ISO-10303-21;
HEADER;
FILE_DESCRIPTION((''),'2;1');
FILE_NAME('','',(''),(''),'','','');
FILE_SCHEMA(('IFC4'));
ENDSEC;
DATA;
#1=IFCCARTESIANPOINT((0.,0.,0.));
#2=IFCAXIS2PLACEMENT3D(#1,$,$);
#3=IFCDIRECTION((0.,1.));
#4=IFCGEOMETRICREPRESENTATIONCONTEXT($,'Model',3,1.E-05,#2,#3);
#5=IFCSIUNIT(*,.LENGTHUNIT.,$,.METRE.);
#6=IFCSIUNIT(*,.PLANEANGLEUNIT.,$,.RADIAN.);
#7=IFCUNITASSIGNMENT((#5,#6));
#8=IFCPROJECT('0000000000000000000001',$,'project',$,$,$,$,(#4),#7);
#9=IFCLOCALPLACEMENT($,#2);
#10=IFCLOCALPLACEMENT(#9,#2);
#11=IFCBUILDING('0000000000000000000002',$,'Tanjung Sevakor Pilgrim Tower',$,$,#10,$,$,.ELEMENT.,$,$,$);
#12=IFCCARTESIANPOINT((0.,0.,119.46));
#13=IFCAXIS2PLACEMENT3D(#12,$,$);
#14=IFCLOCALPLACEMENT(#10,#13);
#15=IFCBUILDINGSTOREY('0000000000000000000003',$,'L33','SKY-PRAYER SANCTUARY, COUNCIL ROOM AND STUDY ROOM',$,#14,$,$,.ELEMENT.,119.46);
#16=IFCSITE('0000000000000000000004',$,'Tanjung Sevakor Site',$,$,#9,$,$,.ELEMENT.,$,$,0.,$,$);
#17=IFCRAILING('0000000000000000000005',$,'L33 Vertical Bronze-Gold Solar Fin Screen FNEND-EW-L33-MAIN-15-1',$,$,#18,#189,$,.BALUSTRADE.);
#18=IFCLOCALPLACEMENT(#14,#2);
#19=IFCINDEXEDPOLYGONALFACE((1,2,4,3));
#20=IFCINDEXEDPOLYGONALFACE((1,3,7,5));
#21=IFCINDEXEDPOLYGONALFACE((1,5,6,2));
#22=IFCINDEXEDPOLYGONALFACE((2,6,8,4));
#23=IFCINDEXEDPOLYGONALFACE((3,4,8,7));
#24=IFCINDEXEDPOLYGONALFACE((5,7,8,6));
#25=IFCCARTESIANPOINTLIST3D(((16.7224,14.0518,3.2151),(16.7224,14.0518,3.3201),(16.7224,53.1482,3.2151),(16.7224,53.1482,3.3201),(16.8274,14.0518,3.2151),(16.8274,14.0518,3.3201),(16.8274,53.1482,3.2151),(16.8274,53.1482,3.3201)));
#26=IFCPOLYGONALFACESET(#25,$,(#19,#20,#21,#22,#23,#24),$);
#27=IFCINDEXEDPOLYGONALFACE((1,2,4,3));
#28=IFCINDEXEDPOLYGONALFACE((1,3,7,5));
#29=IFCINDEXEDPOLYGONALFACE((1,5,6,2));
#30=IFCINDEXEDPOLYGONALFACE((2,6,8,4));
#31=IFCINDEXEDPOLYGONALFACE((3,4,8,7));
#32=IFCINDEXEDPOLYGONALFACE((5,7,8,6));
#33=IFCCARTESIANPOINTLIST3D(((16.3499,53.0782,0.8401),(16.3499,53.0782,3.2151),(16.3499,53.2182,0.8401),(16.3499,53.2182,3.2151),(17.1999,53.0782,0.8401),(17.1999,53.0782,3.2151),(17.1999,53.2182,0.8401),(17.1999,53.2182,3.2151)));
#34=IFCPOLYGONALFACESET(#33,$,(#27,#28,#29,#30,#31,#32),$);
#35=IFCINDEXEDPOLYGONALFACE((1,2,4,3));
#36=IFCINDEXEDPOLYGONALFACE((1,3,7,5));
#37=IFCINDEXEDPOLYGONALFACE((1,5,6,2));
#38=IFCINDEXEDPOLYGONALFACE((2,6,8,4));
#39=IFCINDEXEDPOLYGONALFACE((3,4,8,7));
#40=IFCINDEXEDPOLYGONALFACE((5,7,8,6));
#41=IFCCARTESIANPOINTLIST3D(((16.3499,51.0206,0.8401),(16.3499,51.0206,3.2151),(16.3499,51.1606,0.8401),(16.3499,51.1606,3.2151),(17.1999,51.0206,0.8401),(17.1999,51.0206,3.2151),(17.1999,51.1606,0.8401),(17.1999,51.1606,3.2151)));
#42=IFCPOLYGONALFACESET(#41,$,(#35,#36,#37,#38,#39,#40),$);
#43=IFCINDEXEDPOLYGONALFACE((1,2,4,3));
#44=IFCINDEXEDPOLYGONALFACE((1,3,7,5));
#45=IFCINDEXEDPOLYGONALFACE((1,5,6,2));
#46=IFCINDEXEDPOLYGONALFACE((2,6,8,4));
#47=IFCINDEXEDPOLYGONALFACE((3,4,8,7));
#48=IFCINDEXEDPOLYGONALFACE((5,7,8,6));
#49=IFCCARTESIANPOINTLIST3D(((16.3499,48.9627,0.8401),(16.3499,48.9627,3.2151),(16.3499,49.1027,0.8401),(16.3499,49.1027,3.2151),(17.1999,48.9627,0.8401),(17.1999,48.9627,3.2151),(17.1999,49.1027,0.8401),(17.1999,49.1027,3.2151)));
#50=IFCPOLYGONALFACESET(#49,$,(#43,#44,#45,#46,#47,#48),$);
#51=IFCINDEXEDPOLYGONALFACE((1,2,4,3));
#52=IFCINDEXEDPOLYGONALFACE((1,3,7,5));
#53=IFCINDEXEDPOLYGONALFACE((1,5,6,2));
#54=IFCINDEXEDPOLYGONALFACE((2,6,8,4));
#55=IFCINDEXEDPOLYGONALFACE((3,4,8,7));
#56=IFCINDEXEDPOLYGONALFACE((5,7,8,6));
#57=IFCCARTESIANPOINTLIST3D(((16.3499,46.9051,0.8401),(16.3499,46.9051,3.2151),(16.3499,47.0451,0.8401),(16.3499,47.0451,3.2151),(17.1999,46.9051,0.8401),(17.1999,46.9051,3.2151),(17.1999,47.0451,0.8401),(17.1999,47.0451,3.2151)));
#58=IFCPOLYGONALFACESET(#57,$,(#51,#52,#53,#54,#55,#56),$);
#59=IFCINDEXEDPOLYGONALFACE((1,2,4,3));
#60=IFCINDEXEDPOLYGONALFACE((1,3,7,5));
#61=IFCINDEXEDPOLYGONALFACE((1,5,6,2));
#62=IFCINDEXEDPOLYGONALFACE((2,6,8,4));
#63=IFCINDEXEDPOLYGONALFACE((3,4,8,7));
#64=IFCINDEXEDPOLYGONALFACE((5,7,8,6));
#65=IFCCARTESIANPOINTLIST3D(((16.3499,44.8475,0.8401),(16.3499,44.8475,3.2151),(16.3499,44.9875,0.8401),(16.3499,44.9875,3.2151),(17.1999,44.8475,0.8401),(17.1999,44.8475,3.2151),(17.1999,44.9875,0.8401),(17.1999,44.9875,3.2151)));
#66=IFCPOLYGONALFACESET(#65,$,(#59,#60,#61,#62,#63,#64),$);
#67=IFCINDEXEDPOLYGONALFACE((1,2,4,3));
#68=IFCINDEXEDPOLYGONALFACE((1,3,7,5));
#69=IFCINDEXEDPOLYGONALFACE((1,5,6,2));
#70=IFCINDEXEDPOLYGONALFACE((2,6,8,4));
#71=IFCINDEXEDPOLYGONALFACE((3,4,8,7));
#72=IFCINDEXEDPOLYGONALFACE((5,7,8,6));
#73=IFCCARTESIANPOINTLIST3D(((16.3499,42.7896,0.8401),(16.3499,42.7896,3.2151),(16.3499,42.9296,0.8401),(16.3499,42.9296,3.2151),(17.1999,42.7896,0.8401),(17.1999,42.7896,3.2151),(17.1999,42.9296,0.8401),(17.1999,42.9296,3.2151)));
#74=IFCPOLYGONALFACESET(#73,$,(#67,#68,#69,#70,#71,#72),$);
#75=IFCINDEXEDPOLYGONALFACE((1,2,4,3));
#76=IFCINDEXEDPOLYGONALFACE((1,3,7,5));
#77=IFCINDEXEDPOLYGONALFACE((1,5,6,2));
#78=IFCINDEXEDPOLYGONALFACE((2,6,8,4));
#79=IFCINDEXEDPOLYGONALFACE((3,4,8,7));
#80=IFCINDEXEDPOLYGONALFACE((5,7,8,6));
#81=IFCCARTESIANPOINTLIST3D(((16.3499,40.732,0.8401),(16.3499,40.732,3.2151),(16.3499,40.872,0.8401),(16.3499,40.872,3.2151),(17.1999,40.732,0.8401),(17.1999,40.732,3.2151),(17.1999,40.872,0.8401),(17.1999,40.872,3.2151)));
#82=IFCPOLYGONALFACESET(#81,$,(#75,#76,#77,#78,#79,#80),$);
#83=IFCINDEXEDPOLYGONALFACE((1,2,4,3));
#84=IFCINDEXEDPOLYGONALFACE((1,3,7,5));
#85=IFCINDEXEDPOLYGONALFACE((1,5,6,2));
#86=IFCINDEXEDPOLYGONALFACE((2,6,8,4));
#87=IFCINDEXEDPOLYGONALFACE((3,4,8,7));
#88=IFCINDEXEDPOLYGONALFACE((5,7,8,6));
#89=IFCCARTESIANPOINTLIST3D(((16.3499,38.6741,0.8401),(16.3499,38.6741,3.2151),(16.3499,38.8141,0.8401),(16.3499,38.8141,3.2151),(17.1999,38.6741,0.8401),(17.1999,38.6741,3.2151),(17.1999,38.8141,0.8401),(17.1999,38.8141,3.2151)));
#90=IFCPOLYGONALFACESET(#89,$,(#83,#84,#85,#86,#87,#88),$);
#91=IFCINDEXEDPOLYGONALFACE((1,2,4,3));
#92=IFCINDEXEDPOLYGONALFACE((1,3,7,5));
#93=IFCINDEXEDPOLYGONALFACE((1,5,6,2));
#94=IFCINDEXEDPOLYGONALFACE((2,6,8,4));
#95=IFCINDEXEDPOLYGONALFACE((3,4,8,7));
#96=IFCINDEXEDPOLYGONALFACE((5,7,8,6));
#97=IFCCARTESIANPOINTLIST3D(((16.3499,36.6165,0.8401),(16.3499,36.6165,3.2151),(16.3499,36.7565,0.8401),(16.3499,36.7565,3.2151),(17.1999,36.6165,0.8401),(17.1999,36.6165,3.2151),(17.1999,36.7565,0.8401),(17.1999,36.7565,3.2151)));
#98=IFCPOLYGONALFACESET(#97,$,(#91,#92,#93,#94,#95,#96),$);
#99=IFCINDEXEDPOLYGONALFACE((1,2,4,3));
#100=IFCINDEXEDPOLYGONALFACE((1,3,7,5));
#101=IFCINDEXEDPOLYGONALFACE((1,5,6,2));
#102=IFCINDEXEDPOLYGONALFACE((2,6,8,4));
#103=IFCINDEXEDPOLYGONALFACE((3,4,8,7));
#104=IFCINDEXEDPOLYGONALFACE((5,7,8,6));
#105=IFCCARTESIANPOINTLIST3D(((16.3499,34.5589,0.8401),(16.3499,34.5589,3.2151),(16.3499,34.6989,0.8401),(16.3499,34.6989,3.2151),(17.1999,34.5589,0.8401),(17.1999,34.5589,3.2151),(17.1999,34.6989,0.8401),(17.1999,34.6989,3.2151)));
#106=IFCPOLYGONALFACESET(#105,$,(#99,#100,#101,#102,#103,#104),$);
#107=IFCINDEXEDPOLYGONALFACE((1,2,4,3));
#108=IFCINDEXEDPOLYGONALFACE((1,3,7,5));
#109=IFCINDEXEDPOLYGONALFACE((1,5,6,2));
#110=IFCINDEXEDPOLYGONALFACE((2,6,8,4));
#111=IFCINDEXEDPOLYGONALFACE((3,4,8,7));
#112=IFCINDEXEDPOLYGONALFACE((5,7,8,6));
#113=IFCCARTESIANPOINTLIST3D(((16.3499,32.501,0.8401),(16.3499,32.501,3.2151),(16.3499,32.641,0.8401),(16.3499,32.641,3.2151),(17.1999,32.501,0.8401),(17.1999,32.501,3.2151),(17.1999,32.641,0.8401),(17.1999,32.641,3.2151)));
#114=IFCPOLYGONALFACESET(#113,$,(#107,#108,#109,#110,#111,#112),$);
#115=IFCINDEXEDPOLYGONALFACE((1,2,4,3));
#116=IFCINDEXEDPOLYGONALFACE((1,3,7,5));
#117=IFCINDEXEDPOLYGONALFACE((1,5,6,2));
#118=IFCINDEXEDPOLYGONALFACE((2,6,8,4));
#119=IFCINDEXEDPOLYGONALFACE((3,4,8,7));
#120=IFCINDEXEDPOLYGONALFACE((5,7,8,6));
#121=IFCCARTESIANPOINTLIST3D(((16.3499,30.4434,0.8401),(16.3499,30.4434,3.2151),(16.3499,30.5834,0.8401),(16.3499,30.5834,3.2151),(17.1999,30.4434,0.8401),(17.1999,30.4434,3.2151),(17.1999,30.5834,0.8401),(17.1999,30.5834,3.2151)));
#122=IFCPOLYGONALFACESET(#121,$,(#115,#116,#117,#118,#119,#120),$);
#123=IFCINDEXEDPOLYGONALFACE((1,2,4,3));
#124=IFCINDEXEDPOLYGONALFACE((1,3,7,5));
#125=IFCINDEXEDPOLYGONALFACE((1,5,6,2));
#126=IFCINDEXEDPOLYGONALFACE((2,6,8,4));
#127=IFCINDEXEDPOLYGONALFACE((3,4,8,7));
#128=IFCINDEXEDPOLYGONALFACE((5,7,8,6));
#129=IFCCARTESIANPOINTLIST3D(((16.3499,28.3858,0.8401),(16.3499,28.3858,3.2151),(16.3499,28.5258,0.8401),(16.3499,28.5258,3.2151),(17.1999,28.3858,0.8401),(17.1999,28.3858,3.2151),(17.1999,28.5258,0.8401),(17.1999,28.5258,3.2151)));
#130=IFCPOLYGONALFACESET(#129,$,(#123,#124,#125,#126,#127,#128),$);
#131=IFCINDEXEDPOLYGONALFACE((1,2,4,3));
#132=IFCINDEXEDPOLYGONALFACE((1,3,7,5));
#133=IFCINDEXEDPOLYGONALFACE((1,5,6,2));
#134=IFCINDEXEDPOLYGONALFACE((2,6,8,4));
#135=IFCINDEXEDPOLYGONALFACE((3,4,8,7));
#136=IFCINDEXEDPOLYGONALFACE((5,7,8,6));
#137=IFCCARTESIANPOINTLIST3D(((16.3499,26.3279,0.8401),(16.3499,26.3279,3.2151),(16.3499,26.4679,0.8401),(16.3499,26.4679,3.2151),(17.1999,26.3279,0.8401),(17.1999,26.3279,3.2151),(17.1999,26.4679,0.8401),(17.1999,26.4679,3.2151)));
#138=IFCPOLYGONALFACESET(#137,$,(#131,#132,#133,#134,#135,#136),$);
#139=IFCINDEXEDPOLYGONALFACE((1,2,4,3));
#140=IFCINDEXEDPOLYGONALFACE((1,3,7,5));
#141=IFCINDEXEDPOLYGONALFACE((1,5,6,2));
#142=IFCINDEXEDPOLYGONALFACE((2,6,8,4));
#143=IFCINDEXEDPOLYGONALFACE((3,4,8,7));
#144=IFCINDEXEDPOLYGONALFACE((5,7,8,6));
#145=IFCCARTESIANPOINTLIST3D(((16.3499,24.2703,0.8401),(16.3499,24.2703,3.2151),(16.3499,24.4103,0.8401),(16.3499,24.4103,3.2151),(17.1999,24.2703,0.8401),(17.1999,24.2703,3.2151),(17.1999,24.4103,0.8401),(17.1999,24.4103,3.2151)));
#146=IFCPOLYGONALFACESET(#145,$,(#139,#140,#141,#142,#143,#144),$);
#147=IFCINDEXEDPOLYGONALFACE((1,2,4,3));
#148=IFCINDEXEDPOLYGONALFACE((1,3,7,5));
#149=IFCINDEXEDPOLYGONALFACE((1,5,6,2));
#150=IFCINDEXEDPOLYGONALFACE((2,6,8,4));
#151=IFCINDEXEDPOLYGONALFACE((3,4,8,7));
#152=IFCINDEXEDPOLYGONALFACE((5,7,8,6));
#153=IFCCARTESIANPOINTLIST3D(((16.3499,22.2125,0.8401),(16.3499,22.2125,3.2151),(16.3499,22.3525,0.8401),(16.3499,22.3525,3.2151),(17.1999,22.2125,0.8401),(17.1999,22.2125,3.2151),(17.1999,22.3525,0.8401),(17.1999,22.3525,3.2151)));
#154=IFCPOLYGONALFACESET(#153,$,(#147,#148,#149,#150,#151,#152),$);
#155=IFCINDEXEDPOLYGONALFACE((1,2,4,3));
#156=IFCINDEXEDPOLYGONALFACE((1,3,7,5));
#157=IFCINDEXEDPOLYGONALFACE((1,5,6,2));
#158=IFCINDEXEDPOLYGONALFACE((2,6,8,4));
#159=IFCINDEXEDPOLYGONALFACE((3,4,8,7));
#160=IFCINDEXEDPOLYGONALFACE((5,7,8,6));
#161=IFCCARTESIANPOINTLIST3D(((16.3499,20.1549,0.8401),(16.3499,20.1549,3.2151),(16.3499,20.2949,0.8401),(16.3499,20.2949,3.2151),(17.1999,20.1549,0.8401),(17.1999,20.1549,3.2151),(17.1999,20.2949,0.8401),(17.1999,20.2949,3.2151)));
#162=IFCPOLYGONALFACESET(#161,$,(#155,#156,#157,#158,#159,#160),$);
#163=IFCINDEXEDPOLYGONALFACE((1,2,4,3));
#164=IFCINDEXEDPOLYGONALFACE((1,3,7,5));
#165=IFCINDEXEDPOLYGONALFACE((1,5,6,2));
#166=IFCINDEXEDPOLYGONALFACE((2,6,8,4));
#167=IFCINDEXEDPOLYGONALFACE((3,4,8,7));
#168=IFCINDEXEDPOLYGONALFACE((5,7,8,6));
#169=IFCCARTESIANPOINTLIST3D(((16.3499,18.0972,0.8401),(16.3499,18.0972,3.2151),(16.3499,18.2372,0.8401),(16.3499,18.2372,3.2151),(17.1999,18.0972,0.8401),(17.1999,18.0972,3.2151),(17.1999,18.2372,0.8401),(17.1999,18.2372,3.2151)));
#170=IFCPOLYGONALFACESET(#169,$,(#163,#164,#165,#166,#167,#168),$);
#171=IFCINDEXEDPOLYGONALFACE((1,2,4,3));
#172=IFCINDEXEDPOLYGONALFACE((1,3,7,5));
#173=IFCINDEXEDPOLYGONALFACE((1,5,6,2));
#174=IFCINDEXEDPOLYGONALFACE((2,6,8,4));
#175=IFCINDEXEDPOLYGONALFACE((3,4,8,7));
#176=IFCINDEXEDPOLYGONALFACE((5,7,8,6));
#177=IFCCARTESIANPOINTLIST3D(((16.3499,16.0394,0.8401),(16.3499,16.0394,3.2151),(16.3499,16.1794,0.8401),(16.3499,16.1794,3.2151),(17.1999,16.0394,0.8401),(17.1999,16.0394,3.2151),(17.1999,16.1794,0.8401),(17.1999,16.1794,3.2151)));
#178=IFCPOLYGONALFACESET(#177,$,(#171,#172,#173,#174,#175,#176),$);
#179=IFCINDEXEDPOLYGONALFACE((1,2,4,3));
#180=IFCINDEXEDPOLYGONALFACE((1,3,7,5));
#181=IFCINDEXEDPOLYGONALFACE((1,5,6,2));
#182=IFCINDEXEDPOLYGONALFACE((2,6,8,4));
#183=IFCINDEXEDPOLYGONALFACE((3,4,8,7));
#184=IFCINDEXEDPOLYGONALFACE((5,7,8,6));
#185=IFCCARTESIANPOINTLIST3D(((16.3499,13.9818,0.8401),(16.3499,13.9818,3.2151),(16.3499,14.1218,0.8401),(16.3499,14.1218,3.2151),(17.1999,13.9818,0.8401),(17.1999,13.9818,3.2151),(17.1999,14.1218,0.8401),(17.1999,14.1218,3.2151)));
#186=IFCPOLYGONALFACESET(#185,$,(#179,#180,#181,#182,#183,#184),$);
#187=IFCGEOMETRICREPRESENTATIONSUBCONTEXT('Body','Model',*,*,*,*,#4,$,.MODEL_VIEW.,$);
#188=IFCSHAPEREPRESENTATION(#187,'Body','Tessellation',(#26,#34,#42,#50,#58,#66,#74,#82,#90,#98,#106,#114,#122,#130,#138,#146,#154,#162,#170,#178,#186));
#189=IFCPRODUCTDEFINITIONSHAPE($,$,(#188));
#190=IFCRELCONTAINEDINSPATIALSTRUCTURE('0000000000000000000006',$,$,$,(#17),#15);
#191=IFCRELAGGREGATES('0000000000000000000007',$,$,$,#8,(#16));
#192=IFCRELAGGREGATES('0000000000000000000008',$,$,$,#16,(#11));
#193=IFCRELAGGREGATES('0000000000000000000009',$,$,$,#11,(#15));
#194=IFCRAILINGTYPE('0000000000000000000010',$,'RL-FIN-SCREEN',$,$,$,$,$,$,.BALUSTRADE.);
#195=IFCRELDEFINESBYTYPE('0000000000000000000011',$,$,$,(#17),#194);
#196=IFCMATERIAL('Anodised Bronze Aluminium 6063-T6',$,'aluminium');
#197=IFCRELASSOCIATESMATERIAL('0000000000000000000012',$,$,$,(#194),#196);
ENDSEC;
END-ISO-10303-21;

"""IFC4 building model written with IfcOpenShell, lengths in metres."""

from ifc_helpers import new_model, si_unit, direction, frame, origin, place, context, subcontext, project, spatial, rectangle, extrude, material, type_object, element, save


model = new_model("IFC4")

# Units and contexts
model_context = context("Model", 3, precision=1e-05, world=origin(), true_north=direction((0.0, 1.0)))
body_context = subcontext(model_context, "Body", "Model", "MODEL_VIEW")
ifc_project = project(units=[si_unit("LENGTHUNIT", "METRE"), si_unit("PLANEANGLEUNIT", "RADIAN")], contexts=[model_context])

# Site, building, storey
site_placement = place(None, origin())
site = spatial("IfcSite", under=ifc_project, at=site_placement, Name="Tanjung Sevakor Site", CompositionType="ELEMENT", RefElevation=0.0)
building_placement = place(site_placement, origin())
building = spatial("IfcBuilding", under=site, at=building_placement, Name="Tanjung Sevakor Pilgrim Tower", CompositionType="ELEMENT")
storey_placement = place(building_placement, frame((0.0, 0.0, 119.46)))
storey = spatial("IfcBuildingStorey", under=building, at=storey_placement, Name="L33", Description="SKY-PRAYER SANCTUARY, COUNCIL ROOM AND STUDY ROOM", CompositionType="ELEMENT", Elevation=119.46)

# Railing
ifc_material_1 = material(Name="Anodised Bronze Aluminium 6063-T6", Category="aluminium")
railing_type_1 = type_object("IfcRailingType", Name="RL-FIN-SCREEN", PredefinedType="BALUSTRADE", material=ifc_material_1)
railing_1_placement = place(storey_placement, frame((16.7749, 53.1482, 0.8401)))
element("IfcRailing", 1, at=railing_1_placement, inside=storey, type_object=railing_type_1, Name="L33 Vertical Bronze-Gold Solar Fin Screen FNEND-EW-L33-MAIN-15-1", PredefinedType="BALUSTRADE", context=body_context, shape_type="SweptSolid", body=[
    extrude(rectangle(XDim=0.105, YDim=0.105), frame((0.0, 0.0, 2.4275), z_axis=(0.0, -1.0, 0.0), x_axis=(1.0, 0.0, 0.0)), (0.0, 0.0, 1.0), 39.0964),
    extrude(rectangle(XDim=0.85, YDim=0.14), origin(), (0.0, 0.0, 1.0), 2.375),
    extrude(rectangle(XDim=0.85, YDim=0.14), frame((0.0, -2.0576, 0.0)), (0.0, 0.0, 1.0), 2.375),
    extrude(rectangle(XDim=0.85, YDim=0.14), frame((0.0, -4.1155, 0.0)), (0.0, 0.0, 1.0), 2.375),
    extrude(rectangle(XDim=0.85, YDim=0.14), frame((0.0, -6.1731, 0.0)), (0.0, 0.0, 1.0), 2.375),
    extrude(rectangle(XDim=0.85, YDim=0.14), frame((0.0, -8.2307, 0.0)), (0.0, 0.0, 1.0), 2.375),
    extrude(rectangle(XDim=0.85, YDim=0.14), frame((0.0, -10.2886, 0.0)), (0.0, 0.0, 1.0), 2.375),
    extrude(rectangle(XDim=0.85, YDim=0.14), frame((0.0, -12.3462, 0.0)), (0.0, 0.0, 1.0), 2.375),
    extrude(rectangle(XDim=0.85, YDim=0.14), frame((0.0, -14.4041, 0.0)), (0.0, 0.0, 1.0), 2.375),
    extrude(rectangle(XDim=0.85, YDim=0.14), frame((0.0, -16.4617, 0.0)), (0.0, 0.0, 1.0), 2.375),
    extrude(rectangle(XDim=0.85, YDim=0.14), frame((0.0, -18.5193, 0.0)), (0.0, 0.0, 1.0), 2.375),
    extrude(rectangle(XDim=0.85, YDim=0.14), frame((0.0, -20.5771, 0.0)), (0.0, 0.0, 1.0), 2.375),
    extrude(rectangle(XDim=0.85, YDim=0.14), frame((0.0, -22.6348, 0.0)), (0.0, 0.0, 1.0), 2.375),
    extrude(rectangle(XDim=0.85, YDim=0.14), frame((0.0, -24.6924, 0.0)), (0.0, 0.0, 1.0), 2.375),
    extrude(rectangle(XDim=0.85, YDim=0.14), frame((0.0, -26.7502, 0.0)), (0.0, 0.0, 1.0), 2.375),
    extrude(rectangle(XDim=0.85, YDim=0.14), frame((0.0, -28.8079, 0.0)), (0.0, 0.0, 1.0), 2.375),
    extrude(rectangle(XDim=0.85, YDim=0.14), frame((0.0, -30.8657, 0.0)), (0.0, 0.0, 1.0), 2.375),
    extrude(rectangle(XDim=0.85, YDim=0.14), frame((0.0, -32.9233, 0.0)), (0.0, 0.0, 1.0), 2.375),
    extrude(rectangle(XDim=0.85, YDim=0.14), frame((0.0, -34.981, 0.0)), (0.0, 0.0, 1.0), 2.375),
    extrude(rectangle(XDim=0.85, YDim=0.14), frame((0.0, -37.0388, 0.0)), (0.0, 0.0, 1.0), 2.375),
    extrude(rectangle(XDim=0.85, YDim=0.14), frame((0.0, -39.0964, 0.0)), (0.0, 0.0, 1.0), 2.375),
])

save(model, "model.ifc")
